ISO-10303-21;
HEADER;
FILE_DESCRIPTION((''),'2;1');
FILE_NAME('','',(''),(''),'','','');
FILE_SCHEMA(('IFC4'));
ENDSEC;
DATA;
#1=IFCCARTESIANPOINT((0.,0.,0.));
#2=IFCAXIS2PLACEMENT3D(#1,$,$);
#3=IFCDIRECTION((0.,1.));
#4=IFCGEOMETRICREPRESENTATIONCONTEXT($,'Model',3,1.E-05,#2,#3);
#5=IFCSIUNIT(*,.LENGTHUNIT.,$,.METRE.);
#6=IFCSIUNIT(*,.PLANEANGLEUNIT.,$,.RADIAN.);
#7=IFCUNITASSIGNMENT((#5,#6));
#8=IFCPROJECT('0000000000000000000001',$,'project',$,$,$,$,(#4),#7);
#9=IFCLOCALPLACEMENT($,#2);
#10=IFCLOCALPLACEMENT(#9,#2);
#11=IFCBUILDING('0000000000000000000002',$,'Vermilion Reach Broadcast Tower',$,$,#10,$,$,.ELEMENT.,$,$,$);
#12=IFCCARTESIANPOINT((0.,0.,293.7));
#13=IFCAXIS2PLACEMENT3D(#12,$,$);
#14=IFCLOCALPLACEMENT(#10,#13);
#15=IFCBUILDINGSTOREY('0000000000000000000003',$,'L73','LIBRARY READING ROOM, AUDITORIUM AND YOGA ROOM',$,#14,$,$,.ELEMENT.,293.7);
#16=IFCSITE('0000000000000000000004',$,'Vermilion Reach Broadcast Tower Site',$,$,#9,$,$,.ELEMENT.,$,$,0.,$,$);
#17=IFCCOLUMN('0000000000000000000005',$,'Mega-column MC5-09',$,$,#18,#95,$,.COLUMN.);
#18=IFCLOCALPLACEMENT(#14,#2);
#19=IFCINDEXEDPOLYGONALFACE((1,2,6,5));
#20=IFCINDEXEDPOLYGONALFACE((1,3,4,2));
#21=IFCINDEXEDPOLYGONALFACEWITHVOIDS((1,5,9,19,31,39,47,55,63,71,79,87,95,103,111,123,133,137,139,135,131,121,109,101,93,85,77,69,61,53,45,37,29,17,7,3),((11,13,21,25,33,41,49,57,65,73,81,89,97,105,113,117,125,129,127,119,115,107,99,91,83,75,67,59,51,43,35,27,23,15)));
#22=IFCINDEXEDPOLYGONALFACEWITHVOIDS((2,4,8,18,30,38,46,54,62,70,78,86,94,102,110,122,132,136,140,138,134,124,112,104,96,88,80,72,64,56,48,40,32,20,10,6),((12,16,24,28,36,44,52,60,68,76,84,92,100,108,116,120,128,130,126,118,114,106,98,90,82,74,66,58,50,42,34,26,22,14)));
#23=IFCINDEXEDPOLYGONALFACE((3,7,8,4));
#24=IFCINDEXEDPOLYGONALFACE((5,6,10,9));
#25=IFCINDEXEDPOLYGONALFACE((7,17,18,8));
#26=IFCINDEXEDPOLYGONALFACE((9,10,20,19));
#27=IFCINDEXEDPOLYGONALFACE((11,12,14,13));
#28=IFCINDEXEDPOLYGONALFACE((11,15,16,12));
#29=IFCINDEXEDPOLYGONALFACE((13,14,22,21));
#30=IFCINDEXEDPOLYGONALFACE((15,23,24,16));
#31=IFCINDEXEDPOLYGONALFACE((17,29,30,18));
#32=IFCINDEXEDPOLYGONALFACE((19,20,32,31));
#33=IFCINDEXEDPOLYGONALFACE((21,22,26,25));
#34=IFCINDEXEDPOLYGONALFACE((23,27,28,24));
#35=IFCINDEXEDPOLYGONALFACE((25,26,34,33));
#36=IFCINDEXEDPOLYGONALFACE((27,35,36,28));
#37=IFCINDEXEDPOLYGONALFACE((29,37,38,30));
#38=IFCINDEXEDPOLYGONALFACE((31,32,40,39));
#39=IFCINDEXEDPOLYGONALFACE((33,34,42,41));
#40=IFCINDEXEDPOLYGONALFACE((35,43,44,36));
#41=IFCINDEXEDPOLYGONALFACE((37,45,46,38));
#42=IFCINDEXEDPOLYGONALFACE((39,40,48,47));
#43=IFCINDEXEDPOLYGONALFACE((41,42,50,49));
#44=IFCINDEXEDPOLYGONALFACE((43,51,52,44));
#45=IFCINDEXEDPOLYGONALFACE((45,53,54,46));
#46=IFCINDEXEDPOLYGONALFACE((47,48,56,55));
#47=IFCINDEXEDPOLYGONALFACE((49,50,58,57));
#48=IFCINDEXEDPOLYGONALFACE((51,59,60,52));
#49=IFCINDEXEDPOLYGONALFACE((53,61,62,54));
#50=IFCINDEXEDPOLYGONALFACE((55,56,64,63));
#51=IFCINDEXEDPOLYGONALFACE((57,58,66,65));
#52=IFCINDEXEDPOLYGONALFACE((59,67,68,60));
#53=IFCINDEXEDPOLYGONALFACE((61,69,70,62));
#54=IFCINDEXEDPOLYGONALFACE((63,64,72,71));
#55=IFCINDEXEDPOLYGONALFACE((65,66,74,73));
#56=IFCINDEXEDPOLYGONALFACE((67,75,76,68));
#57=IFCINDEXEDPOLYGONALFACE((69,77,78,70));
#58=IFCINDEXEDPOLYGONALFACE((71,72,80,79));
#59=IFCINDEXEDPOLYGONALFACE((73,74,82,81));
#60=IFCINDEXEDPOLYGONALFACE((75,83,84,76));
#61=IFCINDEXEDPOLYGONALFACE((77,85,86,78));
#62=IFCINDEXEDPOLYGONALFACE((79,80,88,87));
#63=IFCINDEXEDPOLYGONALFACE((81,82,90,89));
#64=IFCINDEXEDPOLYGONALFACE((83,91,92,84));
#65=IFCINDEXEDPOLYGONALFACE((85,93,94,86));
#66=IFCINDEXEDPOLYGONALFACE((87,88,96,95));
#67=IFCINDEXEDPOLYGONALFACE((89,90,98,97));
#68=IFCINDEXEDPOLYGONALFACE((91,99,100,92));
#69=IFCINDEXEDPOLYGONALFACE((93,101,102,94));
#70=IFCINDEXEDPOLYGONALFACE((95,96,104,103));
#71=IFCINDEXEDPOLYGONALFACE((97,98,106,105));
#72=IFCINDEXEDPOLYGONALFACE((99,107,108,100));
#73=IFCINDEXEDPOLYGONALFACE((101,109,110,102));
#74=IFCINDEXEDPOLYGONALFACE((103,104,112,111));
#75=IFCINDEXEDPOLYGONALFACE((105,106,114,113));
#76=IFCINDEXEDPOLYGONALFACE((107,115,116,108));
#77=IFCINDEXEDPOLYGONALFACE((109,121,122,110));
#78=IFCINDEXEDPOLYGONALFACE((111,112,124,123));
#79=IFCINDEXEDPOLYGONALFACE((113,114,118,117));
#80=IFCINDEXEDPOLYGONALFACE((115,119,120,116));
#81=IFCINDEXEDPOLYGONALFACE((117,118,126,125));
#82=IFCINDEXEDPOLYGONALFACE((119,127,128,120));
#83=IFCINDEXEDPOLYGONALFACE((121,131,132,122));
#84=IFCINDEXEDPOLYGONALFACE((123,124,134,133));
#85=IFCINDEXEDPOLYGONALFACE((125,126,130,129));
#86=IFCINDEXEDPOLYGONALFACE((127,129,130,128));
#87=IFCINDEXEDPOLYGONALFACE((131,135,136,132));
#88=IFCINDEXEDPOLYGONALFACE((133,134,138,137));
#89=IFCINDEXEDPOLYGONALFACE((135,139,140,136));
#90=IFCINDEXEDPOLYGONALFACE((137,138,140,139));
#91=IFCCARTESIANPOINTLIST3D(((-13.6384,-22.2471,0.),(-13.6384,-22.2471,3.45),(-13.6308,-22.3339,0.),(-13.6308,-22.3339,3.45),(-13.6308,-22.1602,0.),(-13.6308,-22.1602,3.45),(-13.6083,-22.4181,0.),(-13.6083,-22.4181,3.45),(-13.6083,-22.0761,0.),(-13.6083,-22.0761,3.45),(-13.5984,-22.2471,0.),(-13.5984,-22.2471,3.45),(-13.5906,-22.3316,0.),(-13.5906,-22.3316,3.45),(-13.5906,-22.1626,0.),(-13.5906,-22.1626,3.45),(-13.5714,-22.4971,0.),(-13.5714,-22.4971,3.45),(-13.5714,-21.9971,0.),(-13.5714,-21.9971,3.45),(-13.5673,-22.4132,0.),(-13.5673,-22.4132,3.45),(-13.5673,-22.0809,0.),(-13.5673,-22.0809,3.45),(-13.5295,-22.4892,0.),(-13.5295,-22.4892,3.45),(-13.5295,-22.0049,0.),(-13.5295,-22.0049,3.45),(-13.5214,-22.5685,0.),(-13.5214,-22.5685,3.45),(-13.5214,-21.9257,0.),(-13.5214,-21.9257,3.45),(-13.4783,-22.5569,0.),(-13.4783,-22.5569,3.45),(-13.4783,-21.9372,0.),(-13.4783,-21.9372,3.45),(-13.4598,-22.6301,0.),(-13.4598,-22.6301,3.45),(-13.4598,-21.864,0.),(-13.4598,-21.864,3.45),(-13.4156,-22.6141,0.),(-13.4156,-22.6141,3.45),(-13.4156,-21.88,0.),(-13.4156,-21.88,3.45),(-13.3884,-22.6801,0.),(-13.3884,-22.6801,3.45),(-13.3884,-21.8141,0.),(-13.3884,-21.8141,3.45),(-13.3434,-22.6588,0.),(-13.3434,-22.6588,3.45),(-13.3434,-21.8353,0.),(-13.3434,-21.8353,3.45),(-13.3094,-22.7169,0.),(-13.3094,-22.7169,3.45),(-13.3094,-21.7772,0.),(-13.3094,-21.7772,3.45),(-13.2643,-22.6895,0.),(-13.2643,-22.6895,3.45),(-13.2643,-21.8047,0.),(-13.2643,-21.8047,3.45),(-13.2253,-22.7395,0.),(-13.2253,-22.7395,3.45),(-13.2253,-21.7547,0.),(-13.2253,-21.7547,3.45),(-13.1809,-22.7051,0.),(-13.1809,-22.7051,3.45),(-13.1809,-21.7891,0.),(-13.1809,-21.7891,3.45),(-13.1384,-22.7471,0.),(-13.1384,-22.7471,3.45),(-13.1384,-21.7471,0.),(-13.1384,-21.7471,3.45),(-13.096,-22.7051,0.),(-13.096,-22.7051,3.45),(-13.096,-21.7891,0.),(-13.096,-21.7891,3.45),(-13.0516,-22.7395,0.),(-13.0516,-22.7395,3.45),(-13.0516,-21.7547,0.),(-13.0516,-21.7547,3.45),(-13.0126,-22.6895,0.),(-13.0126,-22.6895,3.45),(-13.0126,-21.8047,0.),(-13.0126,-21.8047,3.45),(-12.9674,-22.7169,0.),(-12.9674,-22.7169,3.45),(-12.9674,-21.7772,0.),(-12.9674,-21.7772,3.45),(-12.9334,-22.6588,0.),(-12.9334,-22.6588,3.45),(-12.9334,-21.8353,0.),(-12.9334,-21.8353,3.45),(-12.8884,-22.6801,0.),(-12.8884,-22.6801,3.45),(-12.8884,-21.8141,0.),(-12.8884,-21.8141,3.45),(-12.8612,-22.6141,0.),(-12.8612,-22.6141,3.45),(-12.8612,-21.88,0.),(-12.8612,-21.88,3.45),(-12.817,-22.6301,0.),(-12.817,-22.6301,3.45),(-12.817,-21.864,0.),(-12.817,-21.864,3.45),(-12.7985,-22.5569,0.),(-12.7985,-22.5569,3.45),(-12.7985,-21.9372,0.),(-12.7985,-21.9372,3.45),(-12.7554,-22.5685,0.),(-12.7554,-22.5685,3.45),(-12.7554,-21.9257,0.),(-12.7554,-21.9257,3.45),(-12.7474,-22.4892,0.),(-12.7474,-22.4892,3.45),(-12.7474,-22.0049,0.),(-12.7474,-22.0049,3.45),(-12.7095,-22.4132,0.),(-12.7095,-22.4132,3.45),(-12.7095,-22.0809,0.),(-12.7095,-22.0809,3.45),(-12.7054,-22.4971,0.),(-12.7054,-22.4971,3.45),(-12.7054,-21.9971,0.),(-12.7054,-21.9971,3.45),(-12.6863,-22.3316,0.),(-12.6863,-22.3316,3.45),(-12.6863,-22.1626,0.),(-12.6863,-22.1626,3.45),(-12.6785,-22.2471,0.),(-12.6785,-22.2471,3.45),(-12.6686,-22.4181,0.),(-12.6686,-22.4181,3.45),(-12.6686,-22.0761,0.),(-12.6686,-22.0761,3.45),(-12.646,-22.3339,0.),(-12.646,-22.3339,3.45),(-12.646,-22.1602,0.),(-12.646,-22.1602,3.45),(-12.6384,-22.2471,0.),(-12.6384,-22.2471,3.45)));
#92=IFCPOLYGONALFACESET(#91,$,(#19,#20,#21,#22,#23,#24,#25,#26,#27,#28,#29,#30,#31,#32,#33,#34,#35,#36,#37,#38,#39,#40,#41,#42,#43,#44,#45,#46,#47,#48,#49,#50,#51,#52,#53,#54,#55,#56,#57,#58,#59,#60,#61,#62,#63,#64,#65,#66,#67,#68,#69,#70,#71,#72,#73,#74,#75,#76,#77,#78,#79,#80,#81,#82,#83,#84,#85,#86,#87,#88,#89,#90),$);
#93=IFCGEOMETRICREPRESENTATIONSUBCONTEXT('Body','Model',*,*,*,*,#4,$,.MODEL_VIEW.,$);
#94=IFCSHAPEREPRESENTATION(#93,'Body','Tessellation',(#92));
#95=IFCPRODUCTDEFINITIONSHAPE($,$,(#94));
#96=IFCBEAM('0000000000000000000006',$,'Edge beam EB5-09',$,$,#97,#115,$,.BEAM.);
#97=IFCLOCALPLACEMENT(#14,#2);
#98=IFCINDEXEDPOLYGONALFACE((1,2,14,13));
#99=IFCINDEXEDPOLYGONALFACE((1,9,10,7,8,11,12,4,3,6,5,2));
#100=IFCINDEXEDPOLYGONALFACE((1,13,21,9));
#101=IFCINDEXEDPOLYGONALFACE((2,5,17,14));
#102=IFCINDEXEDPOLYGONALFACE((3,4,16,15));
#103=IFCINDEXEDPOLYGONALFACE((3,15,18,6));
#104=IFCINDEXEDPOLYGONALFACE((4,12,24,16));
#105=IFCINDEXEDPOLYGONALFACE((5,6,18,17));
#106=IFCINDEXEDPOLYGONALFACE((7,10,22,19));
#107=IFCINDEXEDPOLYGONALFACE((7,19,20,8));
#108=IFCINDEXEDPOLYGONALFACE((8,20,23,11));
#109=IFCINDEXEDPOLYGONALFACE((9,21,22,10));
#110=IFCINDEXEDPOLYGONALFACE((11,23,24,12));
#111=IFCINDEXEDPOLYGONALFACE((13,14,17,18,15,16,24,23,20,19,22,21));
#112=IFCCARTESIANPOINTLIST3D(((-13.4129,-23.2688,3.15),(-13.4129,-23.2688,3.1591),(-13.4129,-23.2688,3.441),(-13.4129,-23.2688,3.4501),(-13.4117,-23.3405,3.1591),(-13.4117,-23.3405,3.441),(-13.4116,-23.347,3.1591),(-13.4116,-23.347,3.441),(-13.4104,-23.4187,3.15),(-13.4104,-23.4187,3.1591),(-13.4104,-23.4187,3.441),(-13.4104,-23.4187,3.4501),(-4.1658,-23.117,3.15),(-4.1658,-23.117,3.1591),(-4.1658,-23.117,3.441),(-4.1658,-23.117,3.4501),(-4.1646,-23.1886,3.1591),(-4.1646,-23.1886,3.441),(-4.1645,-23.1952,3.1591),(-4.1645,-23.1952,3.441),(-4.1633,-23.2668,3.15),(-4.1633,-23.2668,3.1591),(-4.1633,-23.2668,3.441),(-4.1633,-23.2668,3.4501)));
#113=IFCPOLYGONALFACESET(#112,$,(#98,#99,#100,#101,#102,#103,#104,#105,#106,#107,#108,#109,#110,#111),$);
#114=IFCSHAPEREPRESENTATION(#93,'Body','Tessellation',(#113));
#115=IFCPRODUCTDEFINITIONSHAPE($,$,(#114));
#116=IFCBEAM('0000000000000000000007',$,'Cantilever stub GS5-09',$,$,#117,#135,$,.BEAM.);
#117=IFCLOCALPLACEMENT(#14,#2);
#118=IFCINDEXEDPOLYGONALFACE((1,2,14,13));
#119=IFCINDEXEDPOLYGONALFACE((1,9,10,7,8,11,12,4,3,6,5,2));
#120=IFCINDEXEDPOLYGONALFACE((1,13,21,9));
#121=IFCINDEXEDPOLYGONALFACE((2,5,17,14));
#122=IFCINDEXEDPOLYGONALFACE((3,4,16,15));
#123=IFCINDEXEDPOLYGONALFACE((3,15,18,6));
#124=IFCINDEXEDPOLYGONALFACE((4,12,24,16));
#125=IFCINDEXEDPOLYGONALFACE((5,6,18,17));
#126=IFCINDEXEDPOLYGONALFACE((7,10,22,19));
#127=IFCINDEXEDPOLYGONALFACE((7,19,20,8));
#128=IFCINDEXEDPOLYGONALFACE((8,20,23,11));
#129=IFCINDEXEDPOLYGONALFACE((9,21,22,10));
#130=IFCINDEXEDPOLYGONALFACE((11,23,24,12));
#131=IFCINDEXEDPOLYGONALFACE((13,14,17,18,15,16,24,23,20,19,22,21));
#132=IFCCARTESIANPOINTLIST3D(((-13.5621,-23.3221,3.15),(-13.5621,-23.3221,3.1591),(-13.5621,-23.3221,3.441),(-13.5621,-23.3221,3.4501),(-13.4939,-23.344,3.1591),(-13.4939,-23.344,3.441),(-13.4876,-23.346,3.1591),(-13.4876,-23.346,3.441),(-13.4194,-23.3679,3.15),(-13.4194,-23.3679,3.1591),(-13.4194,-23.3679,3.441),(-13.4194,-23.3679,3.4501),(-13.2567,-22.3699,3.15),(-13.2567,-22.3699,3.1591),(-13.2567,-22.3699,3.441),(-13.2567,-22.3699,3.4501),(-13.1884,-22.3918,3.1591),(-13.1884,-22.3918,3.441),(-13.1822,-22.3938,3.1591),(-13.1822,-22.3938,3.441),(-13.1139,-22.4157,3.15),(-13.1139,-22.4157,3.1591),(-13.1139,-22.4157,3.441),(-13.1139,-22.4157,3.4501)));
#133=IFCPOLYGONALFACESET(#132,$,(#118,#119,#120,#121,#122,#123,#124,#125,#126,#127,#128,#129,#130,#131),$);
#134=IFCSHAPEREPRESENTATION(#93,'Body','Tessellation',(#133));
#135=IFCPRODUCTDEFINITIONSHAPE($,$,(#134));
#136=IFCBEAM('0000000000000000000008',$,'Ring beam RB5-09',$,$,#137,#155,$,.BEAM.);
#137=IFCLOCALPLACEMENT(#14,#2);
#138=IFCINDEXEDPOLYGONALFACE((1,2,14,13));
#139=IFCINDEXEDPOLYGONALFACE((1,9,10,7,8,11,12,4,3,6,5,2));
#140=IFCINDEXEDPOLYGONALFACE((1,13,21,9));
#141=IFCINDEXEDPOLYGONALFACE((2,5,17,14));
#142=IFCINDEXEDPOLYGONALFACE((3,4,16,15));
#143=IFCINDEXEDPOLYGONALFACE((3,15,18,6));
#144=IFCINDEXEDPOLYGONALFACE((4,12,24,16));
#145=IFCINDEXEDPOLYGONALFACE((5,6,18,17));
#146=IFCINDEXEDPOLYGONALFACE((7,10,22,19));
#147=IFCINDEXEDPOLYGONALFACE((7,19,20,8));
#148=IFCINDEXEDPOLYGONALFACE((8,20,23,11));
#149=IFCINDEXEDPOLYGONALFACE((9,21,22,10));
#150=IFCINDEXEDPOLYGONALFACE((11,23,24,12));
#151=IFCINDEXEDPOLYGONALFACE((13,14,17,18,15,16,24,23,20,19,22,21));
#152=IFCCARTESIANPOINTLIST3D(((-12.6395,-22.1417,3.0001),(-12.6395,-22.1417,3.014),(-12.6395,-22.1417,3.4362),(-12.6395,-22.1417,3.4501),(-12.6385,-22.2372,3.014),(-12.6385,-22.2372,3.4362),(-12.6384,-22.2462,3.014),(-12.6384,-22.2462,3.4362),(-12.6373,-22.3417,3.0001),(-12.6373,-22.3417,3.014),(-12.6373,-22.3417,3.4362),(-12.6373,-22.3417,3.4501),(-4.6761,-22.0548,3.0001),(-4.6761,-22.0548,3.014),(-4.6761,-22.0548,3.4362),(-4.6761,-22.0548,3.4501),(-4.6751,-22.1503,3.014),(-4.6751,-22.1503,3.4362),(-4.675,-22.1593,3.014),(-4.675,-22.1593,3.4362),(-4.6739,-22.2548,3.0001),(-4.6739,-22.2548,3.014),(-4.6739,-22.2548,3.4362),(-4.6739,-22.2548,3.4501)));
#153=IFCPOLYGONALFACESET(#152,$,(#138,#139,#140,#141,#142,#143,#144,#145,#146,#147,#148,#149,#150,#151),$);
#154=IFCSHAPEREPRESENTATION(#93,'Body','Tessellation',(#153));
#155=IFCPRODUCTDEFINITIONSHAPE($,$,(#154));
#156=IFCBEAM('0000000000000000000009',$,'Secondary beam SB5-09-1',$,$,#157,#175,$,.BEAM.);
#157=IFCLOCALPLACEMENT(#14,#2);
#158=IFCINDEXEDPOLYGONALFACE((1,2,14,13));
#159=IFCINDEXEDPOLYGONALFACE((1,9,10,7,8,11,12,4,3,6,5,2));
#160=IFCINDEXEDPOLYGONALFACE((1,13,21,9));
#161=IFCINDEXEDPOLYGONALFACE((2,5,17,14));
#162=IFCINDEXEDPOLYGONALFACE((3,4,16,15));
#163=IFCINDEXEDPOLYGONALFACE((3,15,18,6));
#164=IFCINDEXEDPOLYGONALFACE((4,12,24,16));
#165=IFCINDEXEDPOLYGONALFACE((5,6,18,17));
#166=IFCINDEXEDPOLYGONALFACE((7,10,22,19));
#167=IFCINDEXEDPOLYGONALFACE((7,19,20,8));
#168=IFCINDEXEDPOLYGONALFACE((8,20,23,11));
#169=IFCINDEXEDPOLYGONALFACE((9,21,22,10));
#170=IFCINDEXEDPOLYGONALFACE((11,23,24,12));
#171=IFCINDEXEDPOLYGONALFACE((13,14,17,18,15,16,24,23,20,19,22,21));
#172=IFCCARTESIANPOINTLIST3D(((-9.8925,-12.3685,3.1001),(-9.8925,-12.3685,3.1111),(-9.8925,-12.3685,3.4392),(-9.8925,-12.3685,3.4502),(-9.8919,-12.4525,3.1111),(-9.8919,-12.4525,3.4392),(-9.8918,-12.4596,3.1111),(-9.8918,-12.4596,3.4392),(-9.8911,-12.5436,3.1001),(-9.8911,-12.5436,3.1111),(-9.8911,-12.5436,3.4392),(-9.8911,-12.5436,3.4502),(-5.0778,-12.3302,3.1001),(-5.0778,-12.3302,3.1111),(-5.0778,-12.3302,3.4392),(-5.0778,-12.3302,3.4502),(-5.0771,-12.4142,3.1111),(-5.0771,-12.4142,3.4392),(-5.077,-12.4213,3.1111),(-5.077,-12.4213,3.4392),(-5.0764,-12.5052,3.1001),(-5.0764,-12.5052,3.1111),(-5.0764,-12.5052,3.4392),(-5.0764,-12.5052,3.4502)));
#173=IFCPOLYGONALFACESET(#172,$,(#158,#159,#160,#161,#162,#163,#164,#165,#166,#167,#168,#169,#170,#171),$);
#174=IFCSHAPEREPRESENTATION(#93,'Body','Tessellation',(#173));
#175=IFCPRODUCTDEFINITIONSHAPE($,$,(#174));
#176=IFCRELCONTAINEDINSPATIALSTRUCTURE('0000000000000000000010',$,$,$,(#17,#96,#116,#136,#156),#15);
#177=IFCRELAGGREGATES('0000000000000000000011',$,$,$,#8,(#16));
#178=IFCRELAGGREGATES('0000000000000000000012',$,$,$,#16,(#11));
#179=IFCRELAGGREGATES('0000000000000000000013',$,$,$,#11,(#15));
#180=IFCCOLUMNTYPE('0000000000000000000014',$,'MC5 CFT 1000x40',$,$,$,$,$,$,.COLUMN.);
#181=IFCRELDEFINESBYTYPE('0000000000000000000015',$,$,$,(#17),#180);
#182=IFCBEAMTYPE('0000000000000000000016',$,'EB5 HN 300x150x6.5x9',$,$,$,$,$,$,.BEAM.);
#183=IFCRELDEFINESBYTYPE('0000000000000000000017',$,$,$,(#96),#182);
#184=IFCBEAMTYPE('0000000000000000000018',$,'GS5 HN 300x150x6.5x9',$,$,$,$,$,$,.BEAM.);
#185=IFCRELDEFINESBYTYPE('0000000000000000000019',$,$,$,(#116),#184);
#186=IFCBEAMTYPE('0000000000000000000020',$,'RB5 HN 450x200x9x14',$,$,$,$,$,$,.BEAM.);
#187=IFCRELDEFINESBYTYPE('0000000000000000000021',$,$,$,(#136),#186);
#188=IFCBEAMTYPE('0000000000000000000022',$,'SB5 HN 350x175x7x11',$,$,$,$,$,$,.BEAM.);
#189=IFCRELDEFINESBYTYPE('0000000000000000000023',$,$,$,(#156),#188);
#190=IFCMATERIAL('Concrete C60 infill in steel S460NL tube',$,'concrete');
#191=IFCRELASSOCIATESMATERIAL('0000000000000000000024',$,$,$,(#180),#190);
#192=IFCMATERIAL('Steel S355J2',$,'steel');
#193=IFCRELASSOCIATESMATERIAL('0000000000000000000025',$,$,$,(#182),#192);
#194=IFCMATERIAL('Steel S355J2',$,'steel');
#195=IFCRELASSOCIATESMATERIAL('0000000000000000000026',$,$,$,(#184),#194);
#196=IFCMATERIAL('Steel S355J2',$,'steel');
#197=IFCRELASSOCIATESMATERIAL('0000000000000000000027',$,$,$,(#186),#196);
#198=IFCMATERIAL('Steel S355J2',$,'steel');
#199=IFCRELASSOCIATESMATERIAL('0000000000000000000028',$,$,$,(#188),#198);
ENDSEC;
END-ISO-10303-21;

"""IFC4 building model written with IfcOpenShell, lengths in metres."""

from ifc_helpers import new_model, si_unit, direction, frame, origin, origin_2d, place, context, subcontext, project, spatial, hollow_circle, i_section, extrude, material, material_profile, profile_set, type_object, element, save


model = new_model("IFC4")

# Units and contexts
model_context = context("Model", 3, precision=1e-05, world=origin(), true_north=direction((0.0, 1.0)))
body_context = subcontext(model_context, "Body", "Model", "MODEL_VIEW")
ifc_project = project(units=[si_unit("LENGTHUNIT", "METRE"), si_unit("PLANEANGLEUNIT", "RADIAN")], contexts=[model_context])

# Site, building, storey
site_placement = place(None, origin())
site = spatial("IfcSite", under=ifc_project, at=site_placement, Name="Vermilion Reach Broadcast Tower Site", CompositionType="ELEMENT", RefElevation=0.0)
building_placement = place(site_placement, origin())
building = spatial("IfcBuilding", under=site, at=building_placement, Name="Vermilion Reach Broadcast Tower", CompositionType="ELEMENT")
storey_placement = place(building_placement, frame((0.0, 0.0, 293.7)))
storey = spatial("IfcBuildingStorey", under=building, at=storey_placement, Name="L73", Description="LIBRARY READING ROOM, AUDITORIUM AND YOGA ROOM", CompositionType="ELEMENT", Elevation=293.7)

# Column
ifc_material_1 = material(Name="Concrete C60 infill in steel S460NL tube", Category="concrete")
ifc_material_profile_1 = material_profile(ifc_material_1, hollow_circle(Radius=0.5, WallThickness=0.04, at=origin_2d()), Name="Concrete C60 infill in steel S460NL tube CFT 1000x40")
ifc_profile_set_1 = profile_set([ifc_material_profile_1], Name="Concrete C60 infill in steel S460NL tube")
column_type = type_object("IfcColumnType", Name="MC5 CFT 1000x40", PredefinedType="COLUMN", material=ifc_profile_set_1)
column_placement = place(storey_placement, frame((-13.1384, -22.2471, 0.0), z_axis=(0.0, 0.0, 1.0), x_axis=(1.0, 0.0, 0.0)))
element("IfcColumn", 1, at=column_placement, inside=storey, type_object=column_type, Name="Mega-column MC5-09", PredefinedType="COLUMN", context=body_context, shape_type="SweptSolid", body=[
    extrude(hollow_circle(Radius=0.5, WallThickness=0.04, at=origin_2d()), origin(), (0.0, 0.0, 1.0), 3.45),
])

# Beams
ifc_material_2 = material(Name="Steel S355J2", Category="steel")
ifc_material_profile_2 = material_profile(ifc_material_2, i_section(OverallWidth=0.1499, OverallDepth=0.3, WebThickness=0.0066, FlangeThickness=0.009, at=origin_2d()), Name="S355J2 HN 300x150x6.5x9")
ifc_profile_set_2 = profile_set([ifc_material_profile_2], Name="Steel S355J2")
beam_type_1 = type_object("IfcBeamType", Name="EB5 HN 300x150x6.5x9", PredefinedType="BEAM", material=ifc_profile_set_2)
beam_1_placement = place(storey_placement, frame((-13.4116, -23.3438, 3.3), z_axis=(0.999865, 0.01642, 0.0), x_axis=(-0.01642, 0.999865, 0.0)))
element("IfcBeam", 2, at=beam_1_placement, inside=storey, type_object=beam_type_1, Name="Edge beam EB5-09", PredefinedType="BEAM", context=body_context, shape_type="SweptSolid", body=[
    extrude(i_section(OverallWidth=0.1499, OverallDepth=0.3, WebThickness=0.0066, FlangeThickness=0.009, at=origin_2d()), origin(), (0.0, 0.0, 1.0), 9.2483),
])
ifc_material_3 = material(Name="Steel S355J2", Category="steel")
ifc_material_profile_3 = material_profile(ifc_material_3, i_section(OverallWidth=0.1499, OverallDepth=0.3, WebThickness=0.0066, FlangeThickness=0.009, at=origin_2d()), Name="S355J2 HN 300x150x6.5x9")
ifc_profile_set_3 = profile_set([ifc_material_profile_3], Name="Steel S355J2")
beam_type_2 = type_object("IfcBeamType", Name="GS5 HN 300x150x6.5x9", PredefinedType="BEAM", material=ifc_profile_set_3)
beam_2_placement = place(storey_placement, frame((-13.1853, -22.3928, 3.3), z_axis=(-0.30544, -0.952211, 0.0), x_axis=(0.952211, -0.30544, 0.0)))
element("IfcBeam", 3, at=beam_2_placement, inside=storey, type_object=beam_type_2, Name="Cantilever stub GS5-09", PredefinedType="BEAM", context=body_context, shape_type="SweptSolid", body=[
    extrude(i_section(OverallWidth=0.1499, OverallDepth=0.3, WebThickness=0.0066, FlangeThickness=0.009, at=origin_2d()), origin(), (0.0, 0.0, 1.0), 1.0),
])
ifc_material_4 = material(Name="Steel S355J2", Category="steel")
ifc_material_profile_4 = material_profile(ifc_material_4, i_section(OverallWidth=0.2, OverallDepth=0.45, WebThickness=0.009, FlangeThickness=0.0139, at=origin_2d()), Name="S355J2 HN 450x200x9x14")
ifc_profile_set_4 = profile_set([ifc_material_profile_4], Name="Steel S355J2")
beam_type_3 = type_object("IfcBeamType", Name="RB5 HN 450x200x9x14", PredefinedType="BEAM", material=ifc_profile_set_4)
beam_3_placement = place(storey_placement, frame((-12.6384, -22.2417, 3.2251), z_axis=(0.99994, 0.010914, 0.0), x_axis=(-0.010914, 0.99994, 0.0)))
element("IfcBeam", 4, at=beam_3_placement, inside=storey, type_object=beam_type_3, Name="Ring beam RB5-09", PredefinedType="BEAM", context=body_context, shape_type="SweptSolid", body=[
    extrude(i_section(OverallWidth=0.2, OverallDepth=0.45, WebThickness=0.009, FlangeThickness=0.0139, at=origin_2d()), origin(), (0.0, 0.0, 1.0), 7.9639),
])
ifc_material_5 = material(Name="Steel S355J2", Category="steel")
ifc_material_profile_5 = material_profile(ifc_material_5, i_section(OverallWidth=0.175, OverallDepth=0.3501, WebThickness=0.0071, FlangeThickness=0.011, at=origin_2d()), Name="S355J2 HN 350x175x7x11")
ifc_profile_set_5 = profile_set([ifc_material_profile_5], Name="Steel S355J2")
beam_type_4 = type_object("IfcBeamType", Name="SB5 HN 350x175x7x11", PredefinedType="BEAM", material=ifc_profile_set_5)
beam_4_placement = place(storey_placement, frame((-9.8918, -12.4561, 3.2751), z_axis=(0.999968, 0.007961, 0.0), x_axis=(-0.007961, 0.999968, 0.0)))
element("IfcBeam", 5, at=beam_4_placement, inside=storey, type_object=beam_type_4, Name="Secondary beam SB5-09-1", PredefinedType="BEAM", context=body_context, shape_type="SweptSolid", body=[
    extrude(i_section(OverallWidth=0.175, OverallDepth=0.3501, WebThickness=0.0071, FlangeThickness=0.011, at=origin_2d()), origin(), (0.0, 0.0, 1.0), 4.8149),
])

save(model, "model.ifc")
